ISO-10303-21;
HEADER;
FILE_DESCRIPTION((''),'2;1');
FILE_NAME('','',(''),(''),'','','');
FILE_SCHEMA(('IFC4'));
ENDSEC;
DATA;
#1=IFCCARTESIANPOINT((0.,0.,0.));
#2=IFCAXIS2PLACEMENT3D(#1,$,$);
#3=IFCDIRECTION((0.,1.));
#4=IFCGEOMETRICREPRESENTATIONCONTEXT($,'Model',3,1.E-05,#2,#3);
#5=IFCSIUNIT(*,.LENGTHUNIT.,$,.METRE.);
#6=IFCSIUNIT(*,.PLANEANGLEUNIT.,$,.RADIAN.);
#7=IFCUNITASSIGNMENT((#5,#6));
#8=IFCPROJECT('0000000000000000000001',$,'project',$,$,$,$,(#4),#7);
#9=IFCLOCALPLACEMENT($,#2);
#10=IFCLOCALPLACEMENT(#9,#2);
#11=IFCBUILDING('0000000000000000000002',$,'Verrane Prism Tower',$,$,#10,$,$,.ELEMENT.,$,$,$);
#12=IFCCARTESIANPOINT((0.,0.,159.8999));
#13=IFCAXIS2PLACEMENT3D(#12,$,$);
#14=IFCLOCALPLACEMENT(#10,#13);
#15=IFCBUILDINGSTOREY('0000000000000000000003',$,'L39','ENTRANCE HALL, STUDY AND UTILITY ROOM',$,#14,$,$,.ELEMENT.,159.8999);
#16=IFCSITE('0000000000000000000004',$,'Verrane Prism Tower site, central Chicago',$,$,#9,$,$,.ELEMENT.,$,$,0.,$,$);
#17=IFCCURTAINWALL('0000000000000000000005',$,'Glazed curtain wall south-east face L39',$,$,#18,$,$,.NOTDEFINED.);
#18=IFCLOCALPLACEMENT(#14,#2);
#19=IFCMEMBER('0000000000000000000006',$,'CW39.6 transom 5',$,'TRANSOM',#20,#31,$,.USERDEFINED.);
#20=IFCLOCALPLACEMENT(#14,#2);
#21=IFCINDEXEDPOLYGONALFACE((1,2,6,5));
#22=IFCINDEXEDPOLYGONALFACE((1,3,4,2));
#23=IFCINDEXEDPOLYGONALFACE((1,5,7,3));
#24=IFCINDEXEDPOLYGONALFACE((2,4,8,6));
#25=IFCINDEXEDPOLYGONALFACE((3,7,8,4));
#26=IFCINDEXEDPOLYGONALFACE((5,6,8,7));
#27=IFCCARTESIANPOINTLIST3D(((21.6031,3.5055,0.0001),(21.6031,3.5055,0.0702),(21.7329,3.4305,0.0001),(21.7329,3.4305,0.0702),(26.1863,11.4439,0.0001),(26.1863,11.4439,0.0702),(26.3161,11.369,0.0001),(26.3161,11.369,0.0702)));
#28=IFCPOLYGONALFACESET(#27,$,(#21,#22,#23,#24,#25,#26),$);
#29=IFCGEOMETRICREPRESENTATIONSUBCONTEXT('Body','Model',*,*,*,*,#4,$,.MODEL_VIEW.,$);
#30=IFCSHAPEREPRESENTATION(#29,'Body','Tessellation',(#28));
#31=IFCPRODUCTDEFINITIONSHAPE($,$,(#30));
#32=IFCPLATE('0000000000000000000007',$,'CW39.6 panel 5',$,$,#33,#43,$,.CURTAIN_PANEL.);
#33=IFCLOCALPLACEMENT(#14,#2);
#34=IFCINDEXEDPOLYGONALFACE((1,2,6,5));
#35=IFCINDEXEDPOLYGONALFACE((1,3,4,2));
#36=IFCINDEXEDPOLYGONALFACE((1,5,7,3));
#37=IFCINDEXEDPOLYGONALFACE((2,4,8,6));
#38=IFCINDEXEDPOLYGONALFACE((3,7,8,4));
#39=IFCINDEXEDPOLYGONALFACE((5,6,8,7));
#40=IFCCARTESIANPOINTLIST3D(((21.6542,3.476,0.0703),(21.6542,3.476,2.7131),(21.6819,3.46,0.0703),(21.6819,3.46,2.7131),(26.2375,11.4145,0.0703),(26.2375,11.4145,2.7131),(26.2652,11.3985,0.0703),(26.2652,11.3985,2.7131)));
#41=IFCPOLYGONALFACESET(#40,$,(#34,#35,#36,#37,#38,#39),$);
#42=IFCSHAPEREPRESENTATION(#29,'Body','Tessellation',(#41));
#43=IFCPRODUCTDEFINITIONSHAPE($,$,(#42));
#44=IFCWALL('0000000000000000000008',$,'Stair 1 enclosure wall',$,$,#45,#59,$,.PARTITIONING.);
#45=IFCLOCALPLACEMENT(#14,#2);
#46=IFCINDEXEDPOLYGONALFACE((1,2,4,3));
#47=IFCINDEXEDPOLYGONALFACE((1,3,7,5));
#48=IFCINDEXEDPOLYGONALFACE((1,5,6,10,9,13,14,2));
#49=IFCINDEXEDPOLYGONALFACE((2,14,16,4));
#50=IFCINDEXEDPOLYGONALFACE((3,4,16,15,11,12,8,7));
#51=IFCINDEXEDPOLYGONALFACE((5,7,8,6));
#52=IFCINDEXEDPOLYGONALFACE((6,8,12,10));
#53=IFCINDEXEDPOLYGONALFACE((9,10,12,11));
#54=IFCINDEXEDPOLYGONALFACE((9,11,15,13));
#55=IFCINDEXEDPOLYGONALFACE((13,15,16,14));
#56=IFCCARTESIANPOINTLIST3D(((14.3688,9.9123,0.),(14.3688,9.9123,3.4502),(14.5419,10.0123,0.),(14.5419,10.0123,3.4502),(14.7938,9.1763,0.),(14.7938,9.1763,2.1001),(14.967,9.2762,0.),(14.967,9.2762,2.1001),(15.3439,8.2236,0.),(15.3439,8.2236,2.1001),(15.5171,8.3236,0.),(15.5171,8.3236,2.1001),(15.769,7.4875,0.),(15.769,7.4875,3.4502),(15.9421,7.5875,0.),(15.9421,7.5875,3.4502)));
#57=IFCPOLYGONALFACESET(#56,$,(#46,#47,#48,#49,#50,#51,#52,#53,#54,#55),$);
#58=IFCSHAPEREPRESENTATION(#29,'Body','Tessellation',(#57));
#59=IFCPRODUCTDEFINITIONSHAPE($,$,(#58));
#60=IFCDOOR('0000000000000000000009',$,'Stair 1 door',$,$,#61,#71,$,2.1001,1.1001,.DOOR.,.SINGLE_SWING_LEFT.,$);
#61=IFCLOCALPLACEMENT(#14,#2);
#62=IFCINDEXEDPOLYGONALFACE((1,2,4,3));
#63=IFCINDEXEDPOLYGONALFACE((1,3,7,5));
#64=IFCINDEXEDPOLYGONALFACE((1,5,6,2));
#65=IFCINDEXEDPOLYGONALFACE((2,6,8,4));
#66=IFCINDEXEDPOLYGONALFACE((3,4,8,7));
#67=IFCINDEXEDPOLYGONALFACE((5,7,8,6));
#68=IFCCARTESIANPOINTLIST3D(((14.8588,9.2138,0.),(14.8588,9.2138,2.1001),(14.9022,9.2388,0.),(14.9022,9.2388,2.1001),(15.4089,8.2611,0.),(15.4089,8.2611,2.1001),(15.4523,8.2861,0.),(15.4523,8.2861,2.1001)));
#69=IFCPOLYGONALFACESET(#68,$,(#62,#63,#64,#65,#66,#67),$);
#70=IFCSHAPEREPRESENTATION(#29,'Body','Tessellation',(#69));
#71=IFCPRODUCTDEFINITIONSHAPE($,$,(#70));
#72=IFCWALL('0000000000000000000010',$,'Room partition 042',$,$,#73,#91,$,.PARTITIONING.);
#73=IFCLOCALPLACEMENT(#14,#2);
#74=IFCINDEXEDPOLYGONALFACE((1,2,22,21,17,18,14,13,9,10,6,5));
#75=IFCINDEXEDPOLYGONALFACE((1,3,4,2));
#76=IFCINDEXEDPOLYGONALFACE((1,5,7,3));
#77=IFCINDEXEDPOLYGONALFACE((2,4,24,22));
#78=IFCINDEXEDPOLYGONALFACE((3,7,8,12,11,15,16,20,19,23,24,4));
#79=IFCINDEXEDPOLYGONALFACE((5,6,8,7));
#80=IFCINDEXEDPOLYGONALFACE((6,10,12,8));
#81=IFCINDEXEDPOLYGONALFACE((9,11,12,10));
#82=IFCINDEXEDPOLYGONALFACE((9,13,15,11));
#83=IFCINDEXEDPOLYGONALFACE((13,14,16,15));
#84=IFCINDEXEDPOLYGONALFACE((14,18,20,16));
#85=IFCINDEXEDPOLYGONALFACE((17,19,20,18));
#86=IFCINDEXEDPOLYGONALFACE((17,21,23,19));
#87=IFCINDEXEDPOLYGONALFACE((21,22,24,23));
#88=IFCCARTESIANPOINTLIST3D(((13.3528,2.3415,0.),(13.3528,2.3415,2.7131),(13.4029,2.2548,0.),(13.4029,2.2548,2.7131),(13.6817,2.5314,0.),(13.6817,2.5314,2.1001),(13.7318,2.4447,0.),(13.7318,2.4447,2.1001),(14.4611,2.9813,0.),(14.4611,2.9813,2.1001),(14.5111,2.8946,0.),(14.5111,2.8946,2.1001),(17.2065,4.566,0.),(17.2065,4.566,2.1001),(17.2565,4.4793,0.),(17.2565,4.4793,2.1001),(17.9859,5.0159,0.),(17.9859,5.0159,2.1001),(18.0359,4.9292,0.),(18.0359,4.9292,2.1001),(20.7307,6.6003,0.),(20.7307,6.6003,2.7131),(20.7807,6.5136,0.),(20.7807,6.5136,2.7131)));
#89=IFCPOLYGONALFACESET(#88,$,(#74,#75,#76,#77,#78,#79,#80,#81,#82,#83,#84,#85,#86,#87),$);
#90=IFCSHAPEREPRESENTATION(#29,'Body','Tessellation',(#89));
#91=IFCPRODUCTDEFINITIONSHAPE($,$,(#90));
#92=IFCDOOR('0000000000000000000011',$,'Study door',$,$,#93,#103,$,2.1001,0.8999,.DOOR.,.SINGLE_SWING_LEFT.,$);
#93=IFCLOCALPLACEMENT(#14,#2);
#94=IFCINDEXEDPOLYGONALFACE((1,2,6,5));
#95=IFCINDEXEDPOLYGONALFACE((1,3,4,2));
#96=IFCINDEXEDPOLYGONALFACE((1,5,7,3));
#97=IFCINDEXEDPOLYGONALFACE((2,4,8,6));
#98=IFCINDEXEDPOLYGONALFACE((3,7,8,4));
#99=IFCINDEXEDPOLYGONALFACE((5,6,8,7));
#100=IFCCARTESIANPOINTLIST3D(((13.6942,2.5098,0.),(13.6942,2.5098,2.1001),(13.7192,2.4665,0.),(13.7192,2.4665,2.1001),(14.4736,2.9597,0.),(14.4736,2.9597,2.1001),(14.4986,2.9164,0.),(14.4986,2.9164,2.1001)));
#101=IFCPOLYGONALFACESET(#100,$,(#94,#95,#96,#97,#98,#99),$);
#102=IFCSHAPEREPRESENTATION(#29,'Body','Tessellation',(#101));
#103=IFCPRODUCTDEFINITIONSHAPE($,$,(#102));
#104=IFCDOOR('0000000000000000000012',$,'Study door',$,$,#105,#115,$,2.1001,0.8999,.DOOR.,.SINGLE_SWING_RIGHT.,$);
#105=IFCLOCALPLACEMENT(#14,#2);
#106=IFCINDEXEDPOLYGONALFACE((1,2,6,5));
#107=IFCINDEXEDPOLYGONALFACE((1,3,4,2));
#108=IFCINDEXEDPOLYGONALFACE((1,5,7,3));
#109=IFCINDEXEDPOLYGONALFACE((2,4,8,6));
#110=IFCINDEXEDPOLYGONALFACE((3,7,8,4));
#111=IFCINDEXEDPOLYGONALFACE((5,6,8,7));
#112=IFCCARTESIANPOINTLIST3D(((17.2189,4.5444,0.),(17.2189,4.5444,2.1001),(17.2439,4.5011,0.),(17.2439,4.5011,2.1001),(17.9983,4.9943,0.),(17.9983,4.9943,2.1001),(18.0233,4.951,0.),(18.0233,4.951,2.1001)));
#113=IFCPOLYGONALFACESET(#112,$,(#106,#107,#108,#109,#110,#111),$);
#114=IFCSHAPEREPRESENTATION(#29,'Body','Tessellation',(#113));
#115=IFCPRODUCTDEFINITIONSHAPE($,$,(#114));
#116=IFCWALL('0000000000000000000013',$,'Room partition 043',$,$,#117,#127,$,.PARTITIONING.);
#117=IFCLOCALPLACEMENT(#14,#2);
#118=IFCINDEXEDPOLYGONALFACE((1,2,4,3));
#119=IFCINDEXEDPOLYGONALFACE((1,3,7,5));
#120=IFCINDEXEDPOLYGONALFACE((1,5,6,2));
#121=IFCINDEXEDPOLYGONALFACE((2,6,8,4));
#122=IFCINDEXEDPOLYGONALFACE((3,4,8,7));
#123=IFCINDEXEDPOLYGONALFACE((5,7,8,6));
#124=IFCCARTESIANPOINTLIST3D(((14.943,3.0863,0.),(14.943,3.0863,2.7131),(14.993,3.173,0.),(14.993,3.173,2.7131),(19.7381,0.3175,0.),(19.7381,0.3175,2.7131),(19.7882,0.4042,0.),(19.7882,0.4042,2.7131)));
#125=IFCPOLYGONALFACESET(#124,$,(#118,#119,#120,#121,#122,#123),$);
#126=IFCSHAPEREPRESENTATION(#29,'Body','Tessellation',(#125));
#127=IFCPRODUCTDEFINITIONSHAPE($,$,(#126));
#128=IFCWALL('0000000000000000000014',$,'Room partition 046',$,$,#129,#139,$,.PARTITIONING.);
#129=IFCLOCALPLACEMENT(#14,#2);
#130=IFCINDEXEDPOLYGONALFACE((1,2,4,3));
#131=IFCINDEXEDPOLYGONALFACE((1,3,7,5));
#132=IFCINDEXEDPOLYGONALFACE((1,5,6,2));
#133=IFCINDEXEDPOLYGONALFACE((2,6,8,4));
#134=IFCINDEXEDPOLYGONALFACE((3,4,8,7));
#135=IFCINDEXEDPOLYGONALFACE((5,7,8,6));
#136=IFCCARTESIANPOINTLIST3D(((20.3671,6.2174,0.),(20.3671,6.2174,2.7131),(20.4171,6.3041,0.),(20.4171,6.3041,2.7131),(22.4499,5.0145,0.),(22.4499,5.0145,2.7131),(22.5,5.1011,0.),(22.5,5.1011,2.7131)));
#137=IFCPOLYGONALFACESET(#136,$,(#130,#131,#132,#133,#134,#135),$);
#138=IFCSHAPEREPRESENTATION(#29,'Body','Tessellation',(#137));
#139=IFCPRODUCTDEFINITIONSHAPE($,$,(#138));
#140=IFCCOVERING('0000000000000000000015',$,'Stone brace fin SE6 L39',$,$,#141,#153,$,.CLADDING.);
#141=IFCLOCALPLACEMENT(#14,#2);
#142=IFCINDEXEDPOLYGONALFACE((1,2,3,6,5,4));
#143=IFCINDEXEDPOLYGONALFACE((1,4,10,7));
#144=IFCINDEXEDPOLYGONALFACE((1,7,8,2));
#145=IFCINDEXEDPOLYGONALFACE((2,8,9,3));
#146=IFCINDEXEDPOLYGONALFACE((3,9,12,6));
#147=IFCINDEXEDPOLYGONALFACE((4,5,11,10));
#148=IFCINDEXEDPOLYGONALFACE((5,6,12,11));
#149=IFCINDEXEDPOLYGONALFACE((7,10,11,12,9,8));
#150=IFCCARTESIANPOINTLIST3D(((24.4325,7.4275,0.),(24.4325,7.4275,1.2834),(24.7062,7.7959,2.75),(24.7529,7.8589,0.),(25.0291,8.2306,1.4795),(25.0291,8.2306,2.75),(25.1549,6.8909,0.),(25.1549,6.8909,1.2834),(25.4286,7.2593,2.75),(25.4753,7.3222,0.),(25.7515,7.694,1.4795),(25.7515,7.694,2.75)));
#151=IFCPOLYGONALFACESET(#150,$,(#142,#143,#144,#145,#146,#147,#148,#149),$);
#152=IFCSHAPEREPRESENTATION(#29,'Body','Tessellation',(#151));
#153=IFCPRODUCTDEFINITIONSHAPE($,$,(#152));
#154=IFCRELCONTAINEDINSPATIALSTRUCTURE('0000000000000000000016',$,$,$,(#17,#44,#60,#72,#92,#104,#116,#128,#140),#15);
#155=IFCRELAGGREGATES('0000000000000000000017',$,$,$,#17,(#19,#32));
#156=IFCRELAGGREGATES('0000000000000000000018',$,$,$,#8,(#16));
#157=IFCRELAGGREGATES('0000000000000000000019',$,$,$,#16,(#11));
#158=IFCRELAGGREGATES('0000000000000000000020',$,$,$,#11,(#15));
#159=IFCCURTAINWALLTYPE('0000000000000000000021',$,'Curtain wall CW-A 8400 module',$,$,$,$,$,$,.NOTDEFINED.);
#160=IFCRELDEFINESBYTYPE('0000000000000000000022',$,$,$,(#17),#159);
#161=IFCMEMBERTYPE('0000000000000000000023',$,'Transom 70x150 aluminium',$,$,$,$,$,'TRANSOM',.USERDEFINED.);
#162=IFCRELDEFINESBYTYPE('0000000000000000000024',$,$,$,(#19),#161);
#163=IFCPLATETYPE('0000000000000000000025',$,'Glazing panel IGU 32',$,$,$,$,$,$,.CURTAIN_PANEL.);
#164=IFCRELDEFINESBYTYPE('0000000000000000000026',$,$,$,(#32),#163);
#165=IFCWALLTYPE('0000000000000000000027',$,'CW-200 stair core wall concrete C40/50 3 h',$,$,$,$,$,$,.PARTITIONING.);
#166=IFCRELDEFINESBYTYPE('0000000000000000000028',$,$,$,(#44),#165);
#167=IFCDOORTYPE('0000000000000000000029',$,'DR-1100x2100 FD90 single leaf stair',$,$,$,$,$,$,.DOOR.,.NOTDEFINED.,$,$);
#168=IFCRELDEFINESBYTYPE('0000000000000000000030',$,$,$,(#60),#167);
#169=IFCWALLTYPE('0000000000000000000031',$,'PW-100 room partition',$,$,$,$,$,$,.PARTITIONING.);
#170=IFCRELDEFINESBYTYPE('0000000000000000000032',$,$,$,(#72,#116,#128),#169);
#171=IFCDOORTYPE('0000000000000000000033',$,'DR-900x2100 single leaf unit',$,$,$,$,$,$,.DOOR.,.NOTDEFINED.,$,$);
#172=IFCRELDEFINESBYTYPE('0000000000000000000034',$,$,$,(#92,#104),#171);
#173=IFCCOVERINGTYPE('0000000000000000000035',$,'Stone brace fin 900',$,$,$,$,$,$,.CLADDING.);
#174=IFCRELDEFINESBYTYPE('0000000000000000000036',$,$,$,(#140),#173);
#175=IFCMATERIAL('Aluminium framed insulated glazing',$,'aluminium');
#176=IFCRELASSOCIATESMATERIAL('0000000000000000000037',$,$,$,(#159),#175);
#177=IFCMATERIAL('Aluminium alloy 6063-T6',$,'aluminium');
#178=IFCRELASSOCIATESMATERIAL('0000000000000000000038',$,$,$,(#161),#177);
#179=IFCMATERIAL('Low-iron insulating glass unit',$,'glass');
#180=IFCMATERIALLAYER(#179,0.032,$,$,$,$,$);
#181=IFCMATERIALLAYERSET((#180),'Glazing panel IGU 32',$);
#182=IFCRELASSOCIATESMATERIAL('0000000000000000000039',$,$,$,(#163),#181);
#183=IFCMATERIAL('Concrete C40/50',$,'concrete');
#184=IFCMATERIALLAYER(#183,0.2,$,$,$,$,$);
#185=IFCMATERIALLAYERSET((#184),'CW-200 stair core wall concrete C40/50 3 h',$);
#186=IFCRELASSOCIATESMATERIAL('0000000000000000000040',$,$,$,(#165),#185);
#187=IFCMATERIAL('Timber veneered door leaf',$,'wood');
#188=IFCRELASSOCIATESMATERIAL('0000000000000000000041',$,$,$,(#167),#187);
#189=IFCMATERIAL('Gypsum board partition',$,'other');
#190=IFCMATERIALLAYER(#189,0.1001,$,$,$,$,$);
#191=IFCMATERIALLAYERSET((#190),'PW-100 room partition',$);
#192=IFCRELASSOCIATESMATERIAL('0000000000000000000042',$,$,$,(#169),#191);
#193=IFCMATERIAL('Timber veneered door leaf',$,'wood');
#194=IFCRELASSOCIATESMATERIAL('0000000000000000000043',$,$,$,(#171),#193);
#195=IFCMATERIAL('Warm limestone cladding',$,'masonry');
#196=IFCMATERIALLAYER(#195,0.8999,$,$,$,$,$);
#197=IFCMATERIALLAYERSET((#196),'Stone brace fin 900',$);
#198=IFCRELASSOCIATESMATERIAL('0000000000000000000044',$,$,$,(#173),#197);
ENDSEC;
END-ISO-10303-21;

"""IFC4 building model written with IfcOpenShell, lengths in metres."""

from ifc_helpers import new_model, si_unit, direction, frame, frame_2d, origin, origin_2d, place, context, subcontext, project, spatial, polyline, rectangle, outline, extrude, material, layer, layer_set, material_profile, profile_set, type_object, element, fill, aggregate, save


model = new_model("IFC4")

# Units and contexts
model_context = context("Model", 3, precision=1e-05, world=origin(), true_north=direction((0.0, 1.0)))
body_context = subcontext(model_context, "Body", "Model", "MODEL_VIEW")
ifc_project = project(units=[si_unit("LENGTHUNIT", "METRE"), si_unit("PLANEANGLEUNIT", "RADIAN")], contexts=[model_context])

# Site, building, storey
site_placement = place(None, origin())
site = spatial("IfcSite", under=ifc_project, at=site_placement, Name="Verrane Prism Tower site, central Chicago", CompositionType="ELEMENT", RefElevation=0.0)
building_placement = place(site_placement, origin())
building = spatial("IfcBuilding", under=site, at=building_placement, Name="Verrane Prism Tower", CompositionType="ELEMENT")
storey_placement = place(building_placement, frame((0.0, 0.0, 159.8999)))
storey = spatial("IfcBuildingStorey", under=building, at=storey_placement, Name="L39", Description="ENTRANCE HALL, STUDY AND UTILITY ROOM", CompositionType="ELEMENT", Elevation=159.8999)

# Curtain wall
ifc_material_1 = material(Name="Aluminium framed insulated glazing", Category="aluminium")
curtain_wall_type_1 = type_object("IfcCurtainWallType", Name="Curtain wall CW-A 8400 module", PredefinedType="NOTDEFINED", material=ifc_material_1)
curtain_wall_1_placement = place(storey_placement, origin())
curtain_wall_1 = element("IfcCurtainWall", 1, at=curtain_wall_1_placement, inside=storey, type_object=curtain_wall_type_1, Name="Glazed curtain wall south-east face L39", PredefinedType="NOTDEFINED")

# Member
ifc_material_2 = material(Name="Aluminium alloy 6063-T6", Category="aluminium")
ifc_material_profile_1 = material_profile(ifc_material_2, rectangle(XDim=0.1499, YDim=0.0701, at=origin_2d()), Name="Transom 70x150 aluminium")
ifc_profile_set_1 = profile_set([ifc_material_profile_1], Name="Aluminium alloy 6063-T6")
member_type_1 = type_object("IfcMemberType", Name="Transom 70x150 aluminium", ElementType="TRANSOM", PredefinedType="USERDEFINED", material=ifc_profile_set_1)
member_1_placement = place(storey_placement, frame((21.668, 3.468, 0.0352), z_axis=(0.499998, 0.866027, 0.0), x_axis=(-0.866027, 0.499998, 0.0)))
member_1 = element("IfcMember", 2, at=member_1_placement, type_object=member_type_1, Name="CW39.6 transom 5", ObjectType="TRANSOM", PredefinedType="USERDEFINED", context=body_context, shape_type="SweptSolid", body=[
    extrude(rectangle(XDim=0.1499, YDim=0.0701, at=origin_2d()), origin(), (0.0, 0.0, 1.0), 9.1665),
])

# Plate
ifc_material_3 = material(Name="Low-iron insulating glass unit", Category="glass")
ifc_layer_1 = layer(ifc_material_3, 0.032)
ifc_layer_set_1 = layer_set([ifc_layer_1], Name="Glazing panel IGU 32")
plate_type = type_object("IfcPlateType", Name="Glazing panel IGU 32", PredefinedType="CURTAIN_PANEL", material=ifc_layer_set_1)
plate_placement = place(storey_placement, frame((23.9597, 7.4373, 0.0703), z_axis=(0.0, 0.0, 1.0), x_axis=(0.499999, 0.866026, 0.0)))
plate = element("IfcPlate", 3, at=plate_placement, type_object=plate_type, Name="CW39.6 panel 5", PredefinedType="CURTAIN_PANEL", context=body_context, shape_type="SweptSolid", body=[
    extrude(rectangle(XDim=9.1665, YDim=0.032, at=origin_2d()), origin(), (0.0, 0.0, 1.0), 2.6428),
])
aggregate(curtain_wall_1, [member_1, plate])

# Wall, opening, door
ifc_material_4 = material(Name="Concrete C40/50", Category="concrete")
ifc_layer_2 = layer(ifc_material_4, 0.2)
ifc_layer_set_2 = layer_set([ifc_layer_2], Name="CW-200 stair core wall concrete C40/50 3 h")
wall_type_1 = type_object("IfcWallType", Name="CW-200 stair core wall concrete C40/50 3 h", PredefinedType="PARTITIONING", material=ifc_layer_set_2)
wall_1_placement = place(storey_placement, frame((15.8555, 7.5376, 0.0), z_axis=(0.0, 0.0, 1.0), x_axis=(-0.50005, 0.865997, 0.0)))
wall_1 = element("IfcWall", 4, at=wall_1_placement, inside=storey, type_object=wall_type_1, Name="Stair 1 enclosure wall", PredefinedType="PARTITIONING", context=body_context, shape_type="SweptSolid", body=[
    extrude(rectangle(XDim=2.8, YDim=0.2, at=frame_2d((1.3999, 0.0))), origin(), (0.0, 0.0, 1.0), 3.4502),
])
opening_1_placement = place(wall_1_placement, frame((0.8499, 0.0, 0.0)))
opening_1 = element("IfcOpeningElement", 5, at=opening_1_placement, cuts=wall_1, PredefinedType="OPENING", context=body_context, shape_type="SweptSolid", body=[
    extrude(rectangle(XDim=1.1001, YDim=2.1001, at=frame_2d((0.55, 1.05))), frame((0.0, 0.1099, 0.0), z_axis=(0.0, -1.0, 0.0), x_axis=(1.0, 0.0, 0.0)), (0.0, 0.0, 1.0), 0.22),
])
ifc_material_5 = material(Name="Timber veneered door leaf", Category="wood")
door_type_1 = type_object("IfcDoorType", Name="DR-1100x2100 FD90 single leaf stair", OperationType="NOTDEFINED", PredefinedType="DOOR", material=ifc_material_5)
door_1_placement = place(opening_1_placement, origin())
door_1 = element("IfcDoor", 6, at=door_1_placement, inside=storey, type_object=door_type_1, Name="Stair 1 door", OperationType="SINGLE_SWING_LEFT", OverallHeight=2.1001, OverallWidth=1.1001, PredefinedType="DOOR", context=body_context, shape_type="SweptSolid", body=[
    extrude(rectangle(XDim=1.1001, YDim=2.1001, at=frame_2d((0.55, 1.05))), frame((0.0, 0.0249, 0.0), z_axis=(0.0, -1.0, 0.0), x_axis=(1.0, 0.0, 0.0)), (0.0, 0.0, 1.0), 0.05),
])
fill(opening_1, door_1)

# Wall, openings, doors
ifc_material_6 = material(Name="Gypsum board partition", Category="other")
ifc_layer_3 = layer(ifc_material_6, 0.1001)
ifc_layer_set_3 = layer_set([ifc_layer_3], Name="PW-100 room partition")
wall_type_2 = type_object("IfcWallType", Name="PW-100 room partition", PredefinedType="PARTITIONING", material=ifc_layer_set_3)
wall_2_placement = place(storey_placement, frame((20.7556, 6.5569, 0.0), z_axis=(0.0, 0.0, 1.0), x_axis=(-0.866069, -0.499924, 0.0)))
wall_2 = element("IfcWall", 7, at=wall_2_placement, inside=storey, type_object=wall_type_2, Name="Room partition 042", PredefinedType="PARTITIONING", context=body_context, shape_type="SweptSolid", body=[
    extrude(rectangle(XDim=8.5188, YDim=0.1001, at=frame_2d((4.2593, 0.0))), origin(), (0.0, 0.0, 1.0), 2.7131),
])
opening_2_placement = place(wall_2_placement, frame((7.239, 0.0, 0.0)))
opening_2 = element("IfcOpeningElement", 8, at=opening_2_placement, cuts=wall_2, PredefinedType="OPENING", context=body_context, shape_type="SweptSolid", body=[
    extrude(rectangle(XDim=0.8999, YDim=2.1001, at=frame_2d((0.45, 1.05))), frame((0.0, 0.0601, 0.0), z_axis=(0.0, -1.0, 0.0), x_axis=(1.0, 0.0, 0.0)), (0.0, 0.0, 1.0), 0.1201),
])
opening_3_placement = place(wall_2_placement, frame((3.1692, 0.0, 0.0)))
opening_3 = element("IfcOpeningElement", 9, at=opening_3_placement, cuts=wall_2, PredefinedType="OPENING", context=body_context, shape_type="SweptSolid", body=[
    extrude(rectangle(XDim=0.8999, YDim=2.1001, at=frame_2d((0.45, 1.05))), frame((0.0, 0.0601, 0.0), z_axis=(0.0, -1.0, 0.0), x_axis=(1.0, 0.0, 0.0)), (0.0, 0.0, 1.0), 0.1201),
])
ifc_material_7 = material(Name="Timber veneered door leaf", Category="wood")
door_type_2 = type_object("IfcDoorType", Name="DR-900x2100 single leaf unit", OperationType="NOTDEFINED", PredefinedType="DOOR", material=ifc_material_7)
door_2_placement = place(opening_2_placement, origin())
door_2 = element("IfcDoor", 10, at=door_2_placement, inside=storey, type_object=door_type_2, Name="Study door", OperationType="SINGLE_SWING_LEFT", OverallHeight=2.1001, OverallWidth=0.8999, PredefinedType="DOOR", context=body_context, shape_type="SweptSolid", body=[
    extrude(rectangle(XDim=0.8999, YDim=2.1001, at=frame_2d((0.45, 1.05))), frame((0.0, 0.0249, 0.0), z_axis=(0.0, -1.0, 0.0), x_axis=(1.0, 0.0, 0.0)), (0.0, 0.0, 1.0), 0.05),
])
fill(opening_2, door_2)
door_3_placement = place(opening_3_placement, origin())
door_3 = element("IfcDoor", 11, at=door_3_placement, inside=storey, type_object=door_type_2, Name="Study door", OperationType="SINGLE_SWING_RIGHT", OverallHeight=2.1001, OverallWidth=0.8999, PredefinedType="DOOR", context=body_context, shape_type="SweptSolid", body=[
    extrude(rectangle(XDim=0.8999, YDim=2.1001, at=frame_2d((0.45, 1.05))), frame((0.0, 0.0249, 0.0), z_axis=(0.0, -1.0, 0.0), x_axis=(1.0, 0.0, 0.0)), (0.0, 0.0, 1.0), 0.05),
])
fill(opening_3, door_3)

# Walls
wall_3_placement = place(storey_placement, frame((14.968, 3.1296, 0.0), z_axis=(0.0, 0.0, 1.0), x_axis=(0.866001, -0.500042, 0.0)))
element("IfcWall", 12, at=wall_3_placement, inside=storey, type_object=wall_type_2, Name="Room partition 043", PredefinedType="PARTITIONING", context=body_context, shape_type="SweptSolid", body=[
    extrude(rectangle(XDim=5.5371, YDim=0.1001, at=frame_2d((2.7686, 0.0))), origin(), (0.0, 0.0, 1.0), 2.7131),
])
wall_4_placement = place(storey_placement, frame((20.3921, 6.2607, 0.0), z_axis=(0.0, 0.0, 1.0), x_axis=(0.865954, -0.500124, 0.0)))
element("IfcWall", 13, at=wall_4_placement, inside=storey, type_object=wall_type_2, Name="Room partition 046", PredefinedType="PARTITIONING", context=body_context, shape_type="SweptSolid", body=[
    extrude(rectangle(XDim=2.4053, YDim=0.1001, at=frame_2d((1.2026, 0.0))), origin(), (0.0, 0.0, 1.0), 2.7131),
])

# Covering
ifc_material_8 = material(Name="Warm limestone cladding", Category="masonry")
ifc_layer_4 = layer(ifc_material_8, 0.8999)
ifc_layer_set_4 = layer_set([ifc_layer_4], Name="Stone brace fin 900")
covering_type = type_object("IfcCoveringType", Name="Stone brace fin 900", PredefinedType="CLADDING", material=ifc_layer_set_4)
covering_placement = place(storey_placement, frame((24.7937, 7.1592, 0.0), z_axis=(0.0, 0.0, 1.0), x_axis=(0.596324, 0.802744, 0.0)))
element("IfcCovering", 14, at=covering_placement, inside=storey, type_object=covering_type, Name="Stone brace fin SE6 L39", PredefinedType="CLADDING", context=body_context, shape_type="SweptSolid", body=[
    extrude(outline(polyline([(1.0005, 2.75), (0.459, 2.75), (0.0, 1.2834), (0.0, 0.0), (0.5374, 0.0), (1.0005, 1.4795), (1.0005, 2.75)])), frame((0.0, 0.45, 0.0), z_axis=(0.0, -1.0, 0.0), x_axis=(1.0, 0.0, 0.0)), (0.0, 0.0, 1.0), 0.8999),
])

save(model, "model.ifc")
